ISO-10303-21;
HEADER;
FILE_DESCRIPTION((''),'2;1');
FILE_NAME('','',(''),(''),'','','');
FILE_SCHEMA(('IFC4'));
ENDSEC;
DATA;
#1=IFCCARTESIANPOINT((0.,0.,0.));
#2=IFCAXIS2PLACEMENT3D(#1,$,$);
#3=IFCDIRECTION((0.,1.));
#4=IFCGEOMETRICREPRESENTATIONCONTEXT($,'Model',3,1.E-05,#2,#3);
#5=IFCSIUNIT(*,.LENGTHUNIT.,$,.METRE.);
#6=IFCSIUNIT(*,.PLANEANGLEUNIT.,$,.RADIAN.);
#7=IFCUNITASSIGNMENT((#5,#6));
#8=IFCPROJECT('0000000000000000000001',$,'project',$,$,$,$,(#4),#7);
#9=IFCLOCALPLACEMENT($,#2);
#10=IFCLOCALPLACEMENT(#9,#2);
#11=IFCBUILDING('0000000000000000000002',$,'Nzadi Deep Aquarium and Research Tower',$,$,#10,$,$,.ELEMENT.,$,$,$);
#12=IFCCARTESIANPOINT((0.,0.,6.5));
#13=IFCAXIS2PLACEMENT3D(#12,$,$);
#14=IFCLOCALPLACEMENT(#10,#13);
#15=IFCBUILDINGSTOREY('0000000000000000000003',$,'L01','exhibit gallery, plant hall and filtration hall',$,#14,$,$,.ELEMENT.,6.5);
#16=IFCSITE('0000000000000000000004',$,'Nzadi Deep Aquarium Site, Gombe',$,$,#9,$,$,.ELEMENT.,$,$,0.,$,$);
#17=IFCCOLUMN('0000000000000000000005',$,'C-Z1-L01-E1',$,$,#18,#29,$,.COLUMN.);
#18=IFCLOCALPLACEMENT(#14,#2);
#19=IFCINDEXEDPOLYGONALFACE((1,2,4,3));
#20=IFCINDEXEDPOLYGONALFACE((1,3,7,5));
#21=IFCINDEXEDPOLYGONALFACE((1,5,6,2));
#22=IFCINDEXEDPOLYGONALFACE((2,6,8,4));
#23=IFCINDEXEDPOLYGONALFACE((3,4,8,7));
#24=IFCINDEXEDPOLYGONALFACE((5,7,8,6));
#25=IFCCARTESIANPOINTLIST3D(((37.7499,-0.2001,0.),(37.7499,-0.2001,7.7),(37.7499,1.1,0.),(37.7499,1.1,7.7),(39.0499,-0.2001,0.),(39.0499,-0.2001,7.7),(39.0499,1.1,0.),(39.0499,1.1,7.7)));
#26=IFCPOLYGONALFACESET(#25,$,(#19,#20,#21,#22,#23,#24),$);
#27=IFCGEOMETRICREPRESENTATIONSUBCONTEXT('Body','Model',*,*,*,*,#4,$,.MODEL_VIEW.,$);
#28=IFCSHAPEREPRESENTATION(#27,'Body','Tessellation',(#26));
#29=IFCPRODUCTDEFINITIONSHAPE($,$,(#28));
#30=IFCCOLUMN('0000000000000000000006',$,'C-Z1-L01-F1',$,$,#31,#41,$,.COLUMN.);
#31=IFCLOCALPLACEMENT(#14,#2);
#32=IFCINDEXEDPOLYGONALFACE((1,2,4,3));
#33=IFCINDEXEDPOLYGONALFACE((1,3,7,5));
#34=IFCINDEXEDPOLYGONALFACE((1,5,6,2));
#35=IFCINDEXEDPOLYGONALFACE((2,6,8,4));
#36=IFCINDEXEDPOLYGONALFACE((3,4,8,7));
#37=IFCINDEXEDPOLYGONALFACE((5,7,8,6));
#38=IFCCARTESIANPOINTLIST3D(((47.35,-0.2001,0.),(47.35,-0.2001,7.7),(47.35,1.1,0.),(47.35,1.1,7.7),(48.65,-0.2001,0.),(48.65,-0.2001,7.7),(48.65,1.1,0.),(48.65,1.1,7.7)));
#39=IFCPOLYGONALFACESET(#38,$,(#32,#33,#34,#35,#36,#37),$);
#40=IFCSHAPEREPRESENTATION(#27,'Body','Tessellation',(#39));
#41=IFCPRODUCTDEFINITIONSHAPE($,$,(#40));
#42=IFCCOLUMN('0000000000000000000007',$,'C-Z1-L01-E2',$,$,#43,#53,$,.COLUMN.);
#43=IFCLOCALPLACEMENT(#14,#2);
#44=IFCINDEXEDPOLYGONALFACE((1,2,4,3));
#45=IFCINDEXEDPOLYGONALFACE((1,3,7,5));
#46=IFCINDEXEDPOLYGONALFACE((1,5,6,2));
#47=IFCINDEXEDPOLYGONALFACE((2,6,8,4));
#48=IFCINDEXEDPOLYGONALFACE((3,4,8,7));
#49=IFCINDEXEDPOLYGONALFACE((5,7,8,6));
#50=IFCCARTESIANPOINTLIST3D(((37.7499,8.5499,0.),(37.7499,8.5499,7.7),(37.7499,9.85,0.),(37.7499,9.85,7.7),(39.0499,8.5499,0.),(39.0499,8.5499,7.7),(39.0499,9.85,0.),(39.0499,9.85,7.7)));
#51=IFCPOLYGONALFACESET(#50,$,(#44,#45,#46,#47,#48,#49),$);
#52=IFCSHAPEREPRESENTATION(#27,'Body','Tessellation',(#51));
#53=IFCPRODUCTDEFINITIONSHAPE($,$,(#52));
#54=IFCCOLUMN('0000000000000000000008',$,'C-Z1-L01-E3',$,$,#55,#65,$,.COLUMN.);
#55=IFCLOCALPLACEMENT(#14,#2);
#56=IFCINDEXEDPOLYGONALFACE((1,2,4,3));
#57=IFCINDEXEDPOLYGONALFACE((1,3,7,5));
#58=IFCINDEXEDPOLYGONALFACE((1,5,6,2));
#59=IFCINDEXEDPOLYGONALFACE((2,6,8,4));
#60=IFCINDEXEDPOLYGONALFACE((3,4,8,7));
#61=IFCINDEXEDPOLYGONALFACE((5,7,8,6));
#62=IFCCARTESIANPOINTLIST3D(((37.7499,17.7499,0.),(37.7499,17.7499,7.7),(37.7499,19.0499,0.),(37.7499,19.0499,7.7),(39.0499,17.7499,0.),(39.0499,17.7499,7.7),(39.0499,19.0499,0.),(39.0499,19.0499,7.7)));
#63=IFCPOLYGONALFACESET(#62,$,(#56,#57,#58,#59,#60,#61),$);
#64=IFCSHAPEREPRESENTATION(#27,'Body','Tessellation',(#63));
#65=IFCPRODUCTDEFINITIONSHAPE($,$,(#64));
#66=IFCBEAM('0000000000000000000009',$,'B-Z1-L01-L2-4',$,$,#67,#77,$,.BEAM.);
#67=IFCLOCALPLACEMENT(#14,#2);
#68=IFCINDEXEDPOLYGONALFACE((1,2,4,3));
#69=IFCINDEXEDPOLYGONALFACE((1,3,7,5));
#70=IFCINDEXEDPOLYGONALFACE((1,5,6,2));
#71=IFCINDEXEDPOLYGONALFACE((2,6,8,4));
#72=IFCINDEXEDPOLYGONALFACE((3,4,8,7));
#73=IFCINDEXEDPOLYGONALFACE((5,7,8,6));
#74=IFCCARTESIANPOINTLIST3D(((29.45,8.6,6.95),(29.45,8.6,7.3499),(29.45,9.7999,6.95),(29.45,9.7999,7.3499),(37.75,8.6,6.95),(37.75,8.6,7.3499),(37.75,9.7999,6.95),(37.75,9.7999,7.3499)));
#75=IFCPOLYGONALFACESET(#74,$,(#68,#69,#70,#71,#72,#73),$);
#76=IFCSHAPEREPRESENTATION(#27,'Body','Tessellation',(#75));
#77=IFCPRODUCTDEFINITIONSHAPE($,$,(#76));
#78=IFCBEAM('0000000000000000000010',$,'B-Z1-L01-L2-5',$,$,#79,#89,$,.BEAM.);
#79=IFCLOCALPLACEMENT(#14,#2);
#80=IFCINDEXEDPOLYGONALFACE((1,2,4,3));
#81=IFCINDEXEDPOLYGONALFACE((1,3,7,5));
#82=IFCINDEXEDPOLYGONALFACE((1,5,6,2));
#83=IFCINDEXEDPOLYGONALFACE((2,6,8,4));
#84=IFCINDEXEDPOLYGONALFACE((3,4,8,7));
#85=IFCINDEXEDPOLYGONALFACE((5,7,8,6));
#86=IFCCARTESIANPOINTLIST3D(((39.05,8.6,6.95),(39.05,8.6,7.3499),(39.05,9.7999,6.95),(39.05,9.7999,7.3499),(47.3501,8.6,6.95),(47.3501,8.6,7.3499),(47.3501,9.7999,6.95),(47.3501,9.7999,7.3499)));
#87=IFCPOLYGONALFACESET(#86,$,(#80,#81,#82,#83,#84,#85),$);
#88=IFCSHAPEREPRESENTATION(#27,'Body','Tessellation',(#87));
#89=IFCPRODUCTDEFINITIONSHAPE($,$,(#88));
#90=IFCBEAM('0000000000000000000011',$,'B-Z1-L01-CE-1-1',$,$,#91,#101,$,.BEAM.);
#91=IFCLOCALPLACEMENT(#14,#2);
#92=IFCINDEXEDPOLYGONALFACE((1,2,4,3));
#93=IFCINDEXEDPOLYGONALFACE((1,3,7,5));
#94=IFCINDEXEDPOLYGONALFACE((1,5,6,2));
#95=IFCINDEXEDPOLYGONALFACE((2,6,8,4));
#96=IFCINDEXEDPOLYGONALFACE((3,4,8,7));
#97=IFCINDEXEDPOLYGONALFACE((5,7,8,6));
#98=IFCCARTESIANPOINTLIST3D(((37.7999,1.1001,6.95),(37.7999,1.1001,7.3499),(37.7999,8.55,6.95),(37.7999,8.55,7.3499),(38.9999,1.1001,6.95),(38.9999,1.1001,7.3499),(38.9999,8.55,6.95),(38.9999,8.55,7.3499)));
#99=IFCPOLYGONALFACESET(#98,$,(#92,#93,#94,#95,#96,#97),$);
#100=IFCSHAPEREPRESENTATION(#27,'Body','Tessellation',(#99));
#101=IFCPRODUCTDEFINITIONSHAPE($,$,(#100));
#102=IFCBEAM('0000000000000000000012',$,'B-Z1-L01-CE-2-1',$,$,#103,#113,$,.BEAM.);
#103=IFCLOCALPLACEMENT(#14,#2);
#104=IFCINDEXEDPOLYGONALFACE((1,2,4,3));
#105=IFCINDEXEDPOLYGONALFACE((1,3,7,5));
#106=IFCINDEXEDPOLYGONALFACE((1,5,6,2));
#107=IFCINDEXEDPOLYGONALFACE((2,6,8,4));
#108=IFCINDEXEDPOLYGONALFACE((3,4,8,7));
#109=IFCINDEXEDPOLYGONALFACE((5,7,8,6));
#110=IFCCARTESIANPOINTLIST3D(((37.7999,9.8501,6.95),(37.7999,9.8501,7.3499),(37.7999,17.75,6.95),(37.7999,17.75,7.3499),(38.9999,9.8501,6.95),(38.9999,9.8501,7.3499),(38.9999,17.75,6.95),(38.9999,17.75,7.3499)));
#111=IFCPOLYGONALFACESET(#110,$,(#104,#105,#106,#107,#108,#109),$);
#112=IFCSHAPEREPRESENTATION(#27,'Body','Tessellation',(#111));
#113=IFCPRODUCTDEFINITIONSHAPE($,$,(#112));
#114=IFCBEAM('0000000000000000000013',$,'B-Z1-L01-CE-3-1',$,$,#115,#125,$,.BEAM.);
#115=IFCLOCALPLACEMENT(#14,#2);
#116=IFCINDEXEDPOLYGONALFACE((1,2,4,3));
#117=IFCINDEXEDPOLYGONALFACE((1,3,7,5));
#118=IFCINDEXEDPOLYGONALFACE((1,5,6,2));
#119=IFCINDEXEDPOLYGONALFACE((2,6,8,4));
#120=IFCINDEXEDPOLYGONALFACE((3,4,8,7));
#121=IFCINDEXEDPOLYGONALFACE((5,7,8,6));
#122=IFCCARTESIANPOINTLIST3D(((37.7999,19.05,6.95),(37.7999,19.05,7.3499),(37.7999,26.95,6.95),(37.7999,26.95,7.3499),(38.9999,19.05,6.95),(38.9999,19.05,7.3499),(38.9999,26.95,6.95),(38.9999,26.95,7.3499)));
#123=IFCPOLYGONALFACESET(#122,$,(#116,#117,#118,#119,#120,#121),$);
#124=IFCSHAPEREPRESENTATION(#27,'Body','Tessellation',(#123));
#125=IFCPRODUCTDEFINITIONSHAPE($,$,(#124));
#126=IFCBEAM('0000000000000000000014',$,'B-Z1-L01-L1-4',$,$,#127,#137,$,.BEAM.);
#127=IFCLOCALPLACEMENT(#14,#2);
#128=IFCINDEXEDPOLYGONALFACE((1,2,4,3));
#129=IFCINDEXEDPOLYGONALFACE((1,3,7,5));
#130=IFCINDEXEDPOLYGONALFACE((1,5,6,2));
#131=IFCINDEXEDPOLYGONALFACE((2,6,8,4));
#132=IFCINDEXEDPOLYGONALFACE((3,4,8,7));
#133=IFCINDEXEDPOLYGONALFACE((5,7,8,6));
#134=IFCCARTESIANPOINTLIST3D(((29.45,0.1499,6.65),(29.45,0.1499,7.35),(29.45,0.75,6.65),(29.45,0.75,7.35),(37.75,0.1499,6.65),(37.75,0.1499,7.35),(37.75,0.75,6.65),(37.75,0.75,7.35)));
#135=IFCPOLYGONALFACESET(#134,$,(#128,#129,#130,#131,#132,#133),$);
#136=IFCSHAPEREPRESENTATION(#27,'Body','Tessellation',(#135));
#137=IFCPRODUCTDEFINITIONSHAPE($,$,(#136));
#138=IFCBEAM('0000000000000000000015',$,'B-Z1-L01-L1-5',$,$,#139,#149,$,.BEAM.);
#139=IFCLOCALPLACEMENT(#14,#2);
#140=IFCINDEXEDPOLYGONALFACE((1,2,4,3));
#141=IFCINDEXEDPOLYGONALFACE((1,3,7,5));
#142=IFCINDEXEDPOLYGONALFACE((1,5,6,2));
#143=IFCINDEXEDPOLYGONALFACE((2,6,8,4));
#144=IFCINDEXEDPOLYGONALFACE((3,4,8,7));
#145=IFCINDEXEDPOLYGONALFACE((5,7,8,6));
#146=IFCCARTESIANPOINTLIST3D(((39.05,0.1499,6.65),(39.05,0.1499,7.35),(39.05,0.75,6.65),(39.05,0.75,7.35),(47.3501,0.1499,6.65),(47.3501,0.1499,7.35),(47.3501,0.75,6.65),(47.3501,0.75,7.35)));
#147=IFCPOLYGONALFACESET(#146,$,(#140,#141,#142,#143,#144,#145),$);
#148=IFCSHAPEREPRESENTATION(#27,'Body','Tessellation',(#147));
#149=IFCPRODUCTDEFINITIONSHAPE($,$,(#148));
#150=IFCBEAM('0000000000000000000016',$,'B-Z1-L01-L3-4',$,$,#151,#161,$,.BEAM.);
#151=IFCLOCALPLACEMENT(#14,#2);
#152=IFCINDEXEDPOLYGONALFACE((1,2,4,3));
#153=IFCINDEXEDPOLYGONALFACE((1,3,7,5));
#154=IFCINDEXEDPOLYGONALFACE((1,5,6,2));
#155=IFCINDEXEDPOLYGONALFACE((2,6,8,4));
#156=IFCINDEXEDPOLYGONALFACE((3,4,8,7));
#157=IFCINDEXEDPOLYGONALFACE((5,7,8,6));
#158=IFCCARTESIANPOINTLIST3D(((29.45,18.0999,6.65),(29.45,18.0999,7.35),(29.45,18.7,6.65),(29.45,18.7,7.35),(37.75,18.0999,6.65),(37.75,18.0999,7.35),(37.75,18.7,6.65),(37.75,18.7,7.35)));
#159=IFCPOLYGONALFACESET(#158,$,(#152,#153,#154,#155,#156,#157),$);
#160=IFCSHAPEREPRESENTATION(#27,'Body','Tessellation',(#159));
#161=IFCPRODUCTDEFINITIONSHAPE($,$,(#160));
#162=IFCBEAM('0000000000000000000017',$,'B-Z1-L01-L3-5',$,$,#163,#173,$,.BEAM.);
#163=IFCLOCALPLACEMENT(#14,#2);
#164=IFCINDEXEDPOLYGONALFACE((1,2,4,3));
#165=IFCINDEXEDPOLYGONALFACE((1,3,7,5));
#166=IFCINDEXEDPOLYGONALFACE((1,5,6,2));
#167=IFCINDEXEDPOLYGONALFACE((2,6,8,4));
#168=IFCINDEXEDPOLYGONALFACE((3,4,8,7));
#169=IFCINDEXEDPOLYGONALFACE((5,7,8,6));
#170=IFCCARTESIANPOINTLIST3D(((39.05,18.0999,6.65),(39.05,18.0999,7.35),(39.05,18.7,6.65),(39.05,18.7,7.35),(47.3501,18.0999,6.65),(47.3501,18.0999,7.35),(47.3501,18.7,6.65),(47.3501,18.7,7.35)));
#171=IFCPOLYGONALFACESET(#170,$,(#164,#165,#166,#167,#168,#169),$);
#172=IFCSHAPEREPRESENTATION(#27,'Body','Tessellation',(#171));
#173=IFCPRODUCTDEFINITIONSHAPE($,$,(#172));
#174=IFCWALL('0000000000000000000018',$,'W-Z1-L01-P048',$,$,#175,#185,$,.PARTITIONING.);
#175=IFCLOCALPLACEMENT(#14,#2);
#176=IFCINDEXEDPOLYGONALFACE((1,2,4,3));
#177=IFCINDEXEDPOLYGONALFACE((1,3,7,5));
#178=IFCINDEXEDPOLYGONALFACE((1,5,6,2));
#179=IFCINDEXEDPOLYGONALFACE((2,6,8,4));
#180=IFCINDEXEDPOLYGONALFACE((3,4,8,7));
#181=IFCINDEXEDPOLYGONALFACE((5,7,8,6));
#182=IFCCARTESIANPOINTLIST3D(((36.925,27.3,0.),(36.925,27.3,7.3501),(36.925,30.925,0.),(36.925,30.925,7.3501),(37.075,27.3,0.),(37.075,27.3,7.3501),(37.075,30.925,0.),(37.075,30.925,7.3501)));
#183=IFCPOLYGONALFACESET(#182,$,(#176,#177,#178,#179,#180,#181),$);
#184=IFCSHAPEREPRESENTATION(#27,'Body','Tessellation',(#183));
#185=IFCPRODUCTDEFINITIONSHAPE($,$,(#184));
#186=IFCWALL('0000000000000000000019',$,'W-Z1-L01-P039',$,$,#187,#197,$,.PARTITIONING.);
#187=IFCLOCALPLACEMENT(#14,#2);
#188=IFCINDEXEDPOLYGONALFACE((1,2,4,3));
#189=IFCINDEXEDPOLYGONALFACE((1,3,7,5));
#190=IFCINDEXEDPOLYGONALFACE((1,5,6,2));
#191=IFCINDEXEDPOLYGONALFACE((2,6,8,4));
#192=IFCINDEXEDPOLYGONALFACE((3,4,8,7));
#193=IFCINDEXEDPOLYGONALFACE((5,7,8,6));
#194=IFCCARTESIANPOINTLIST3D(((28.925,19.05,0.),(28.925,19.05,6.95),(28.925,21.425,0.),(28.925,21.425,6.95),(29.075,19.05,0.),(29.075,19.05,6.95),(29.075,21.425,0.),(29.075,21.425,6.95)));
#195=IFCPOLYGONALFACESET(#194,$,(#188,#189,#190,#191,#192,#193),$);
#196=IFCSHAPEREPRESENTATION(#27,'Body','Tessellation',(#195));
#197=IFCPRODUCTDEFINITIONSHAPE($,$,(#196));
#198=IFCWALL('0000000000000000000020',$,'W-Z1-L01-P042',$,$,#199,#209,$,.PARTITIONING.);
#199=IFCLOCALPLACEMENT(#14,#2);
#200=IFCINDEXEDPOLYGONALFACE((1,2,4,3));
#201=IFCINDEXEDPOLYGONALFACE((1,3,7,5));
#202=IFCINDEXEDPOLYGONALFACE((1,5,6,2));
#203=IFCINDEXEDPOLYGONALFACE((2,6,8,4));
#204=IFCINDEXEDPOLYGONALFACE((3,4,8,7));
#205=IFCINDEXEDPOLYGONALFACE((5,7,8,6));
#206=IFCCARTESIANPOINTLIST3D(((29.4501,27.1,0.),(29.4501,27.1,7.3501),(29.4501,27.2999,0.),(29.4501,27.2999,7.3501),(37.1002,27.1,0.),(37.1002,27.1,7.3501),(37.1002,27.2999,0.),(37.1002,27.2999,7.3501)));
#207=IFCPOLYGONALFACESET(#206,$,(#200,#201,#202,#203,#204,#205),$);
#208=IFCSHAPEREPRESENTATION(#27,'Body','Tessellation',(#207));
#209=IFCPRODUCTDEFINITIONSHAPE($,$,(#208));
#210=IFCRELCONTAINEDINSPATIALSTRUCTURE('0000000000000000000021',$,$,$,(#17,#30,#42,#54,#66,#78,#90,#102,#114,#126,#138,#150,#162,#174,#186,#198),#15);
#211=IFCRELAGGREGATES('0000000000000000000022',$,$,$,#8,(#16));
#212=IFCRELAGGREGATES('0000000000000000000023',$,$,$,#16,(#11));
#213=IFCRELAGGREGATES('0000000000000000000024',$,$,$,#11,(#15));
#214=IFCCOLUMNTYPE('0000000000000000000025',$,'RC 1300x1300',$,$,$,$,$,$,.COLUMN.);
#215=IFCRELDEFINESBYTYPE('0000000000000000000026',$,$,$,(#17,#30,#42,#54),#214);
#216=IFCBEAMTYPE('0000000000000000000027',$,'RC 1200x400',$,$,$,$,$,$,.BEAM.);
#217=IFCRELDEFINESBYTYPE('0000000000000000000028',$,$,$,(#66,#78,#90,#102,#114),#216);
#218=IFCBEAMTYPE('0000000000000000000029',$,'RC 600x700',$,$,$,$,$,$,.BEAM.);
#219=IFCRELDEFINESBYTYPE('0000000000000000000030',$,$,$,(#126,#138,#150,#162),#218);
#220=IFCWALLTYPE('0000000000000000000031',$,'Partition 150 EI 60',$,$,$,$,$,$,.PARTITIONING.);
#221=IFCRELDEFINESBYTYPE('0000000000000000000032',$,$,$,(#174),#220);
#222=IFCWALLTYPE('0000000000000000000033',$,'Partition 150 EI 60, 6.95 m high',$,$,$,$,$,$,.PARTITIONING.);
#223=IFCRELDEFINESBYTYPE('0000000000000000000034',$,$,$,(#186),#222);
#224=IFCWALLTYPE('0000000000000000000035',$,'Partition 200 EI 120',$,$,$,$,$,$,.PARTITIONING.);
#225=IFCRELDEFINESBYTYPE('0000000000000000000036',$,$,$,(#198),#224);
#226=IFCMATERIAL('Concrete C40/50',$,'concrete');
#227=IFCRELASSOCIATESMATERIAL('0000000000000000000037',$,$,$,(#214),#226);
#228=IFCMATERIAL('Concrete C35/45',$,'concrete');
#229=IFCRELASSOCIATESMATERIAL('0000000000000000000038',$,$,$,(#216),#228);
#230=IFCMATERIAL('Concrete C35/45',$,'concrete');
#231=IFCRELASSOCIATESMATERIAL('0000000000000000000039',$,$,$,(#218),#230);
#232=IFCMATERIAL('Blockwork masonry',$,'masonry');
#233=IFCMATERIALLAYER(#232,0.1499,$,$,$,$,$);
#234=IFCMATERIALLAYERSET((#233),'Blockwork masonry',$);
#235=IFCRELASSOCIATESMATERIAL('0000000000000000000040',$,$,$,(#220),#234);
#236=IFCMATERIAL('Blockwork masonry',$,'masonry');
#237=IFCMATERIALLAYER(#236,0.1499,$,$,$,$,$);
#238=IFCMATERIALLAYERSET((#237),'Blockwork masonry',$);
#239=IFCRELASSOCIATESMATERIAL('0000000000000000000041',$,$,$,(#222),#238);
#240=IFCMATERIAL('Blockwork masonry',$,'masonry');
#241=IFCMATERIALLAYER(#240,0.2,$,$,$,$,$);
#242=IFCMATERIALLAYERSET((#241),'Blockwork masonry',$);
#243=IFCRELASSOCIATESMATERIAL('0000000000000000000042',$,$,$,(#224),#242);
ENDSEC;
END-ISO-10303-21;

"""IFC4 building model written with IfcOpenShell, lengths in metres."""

from ifc_helpers import new_model, si_unit, direction, frame, frame_2d, origin, origin_2d, place, context, subcontext, project, spatial, rectangle, extrude, material, layer, layer_set, material_profile, profile_set, type_object, element, save


model = new_model("IFC4")

# Units and contexts
model_context = context("Model", 3, precision=1e-05, world=origin(), true_north=direction((0.0, 1.0)))
body_context = subcontext(model_context, "Body", "Model", "MODEL_VIEW")
ifc_project = project(units=[si_unit("LENGTHUNIT", "METRE"), si_unit("PLANEANGLEUNIT", "RADIAN")], contexts=[model_context])

# Site, building, storey
site_placement = place(None, origin())
site = spatial("IfcSite", under=ifc_project, at=site_placement, Name="Nzadi Deep Aquarium Site, Gombe", CompositionType="ELEMENT", RefElevation=0.0)
building_placement = place(site_placement, origin())
building = spatial("IfcBuilding", under=site, at=building_placement, Name="Nzadi Deep Aquarium and Research Tower", CompositionType="ELEMENT")
storey_placement = place(building_placement, frame((0.0, 0.0, 6.5)))
storey = spatial("IfcBuildingStorey", under=building, at=storey_placement, Name="L01", Description="exhibit gallery, plant hall and filtration hall", CompositionType="ELEMENT", Elevation=6.5)

# Columns
ifc_material_1 = material(Name="Concrete C40/50", Category="concrete")
ifc_material_profile_1 = material_profile(ifc_material_1, rectangle(XDim=1.3, YDim=1.3, at=origin_2d()))
ifc_profile_set_1 = profile_set([ifc_material_profile_1], Name="Concrete C40/50")
column_type = type_object("IfcColumnType", Name="RC 1300x1300", PredefinedType="COLUMN", material=ifc_profile_set_1)
for number, where, z_axis, x_axis, name in (
    (1, (38.3999, 0.45, 0.0), (0.0, 0.0, 1.0), (1.0, 0.0, 0.0), "C-Z1-L01-E1"),
    (2, (48.0, 0.45, 0.0), (0.0, 0.0, 1.0), (1.0, 0.0, 0.0), "C-Z1-L01-F1"),
    (3, (38.3999, 9.2, 0.0), (0.0, 0.0, 1.0), (1.0, 0.0, 0.0), "C-Z1-L01-E2"),
    (4, (38.3999, 18.3999, 0.0), (0.0, 0.0, 1.0), (1.0, 0.0, 0.0), "C-Z1-L01-E3"),
):
    element("IfcColumn", number, at=place(storey_placement, frame(where, z_axis=z_axis, x_axis=x_axis)), inside=storey, type_object=column_type, Name=name, PredefinedType="COLUMN", context=body_context, shape_type="SweptSolid", body=[
        extrude(rectangle(XDim=1.3, YDim=1.3, at=origin_2d()), origin(), (0.0, 0.0, 1.0), 7.7),
    ])

# Beams
ifc_material_2 = material(Name="Concrete C35/45", Category="concrete")
ifc_material_profile_2 = material_profile(ifc_material_2, rectangle(XDim=1.2, YDim=0.3999, at=origin_2d()))
ifc_profile_set_2 = profile_set([ifc_material_profile_2], Name="Concrete C35/45")
beam_type_1 = type_object("IfcBeamType", Name="RC 1200x400", PredefinedType="BEAM", material=ifc_profile_set_2)
for number, where, z_axis, x_axis, name in (
    (5, (29.45, 9.2, 7.1499), (1.0, 0.0, 0.0), (0.0, 1.0, 0.0), "B-Z1-L01-L2-4"),
    (6, (39.05, 9.2, 7.1499), (1.0, 0.0, 0.0), (0.0, 1.0, 0.0), "B-Z1-L01-L2-5"),
):
    element("IfcBeam", number, at=place(storey_placement, frame(where, z_axis=z_axis, x_axis=x_axis)), inside=storey, type_object=beam_type_1, Name=name, PredefinedType="BEAM", context=body_context, shape_type="SweptSolid", body=[
        extrude(rectangle(XDim=1.2, YDim=0.3999, at=origin_2d()), origin(), (0.0, 0.0, 1.0), 8.3),
    ])
beam_placement = place(storey_placement, frame((38.3999, 1.1001, 7.1499), z_axis=(0.0, 1.0, 0.0), x_axis=(-1.0, 0.0, 0.0)))
element("IfcBeam", 7, at=beam_placement, inside=storey, type_object=beam_type_1, Name="B-Z1-L01-CE-1-1", PredefinedType="BEAM", context=body_context, shape_type="SweptSolid", body=[
    extrude(rectangle(XDim=1.2, YDim=0.3999, at=origin_2d()), origin(), (0.0, 0.0, 1.0), 7.45),
])
for number, where, z_axis, x_axis, name in (
    (8, (38.3999, 9.8501, 7.1499), (0.0, 1.0, 0.0), (-1.0, 0.0, 0.0), "B-Z1-L01-CE-2-1"),
    (9, (38.3999, 19.05, 7.1499), (0.0, 1.0, 0.0), (-1.0, 0.0, 0.0), "B-Z1-L01-CE-3-1"),
):
    element("IfcBeam", number, at=place(storey_placement, frame(where, z_axis=z_axis, x_axis=x_axis)), inside=storey, type_object=beam_type_1, Name=name, PredefinedType="BEAM", context=body_context, shape_type="SweptSolid", body=[
        extrude(rectangle(XDim=1.2, YDim=0.3999, at=origin_2d()), origin(), (0.0, 0.0, 1.0), 7.8999),
    ])
ifc_material_3 = material(Name="Concrete C35/45", Category="concrete")
ifc_material_profile_3 = material_profile(ifc_material_3, rectangle(XDim=0.6001, YDim=0.7, at=origin_2d()))
ifc_profile_set_3 = profile_set([ifc_material_profile_3], Name="Concrete C35/45")
beam_type_2 = type_object("IfcBeamType", Name="RC 600x700", PredefinedType="BEAM", material=ifc_profile_set_3)
for number, where, z_axis, x_axis, name in (
    (10, (29.45, 0.45, 7.0), (1.0, 0.0, 0.0), (0.0, 1.0, 0.0), "B-Z1-L01-L1-4"),
    (11, (39.05, 0.45, 7.0), (1.0, 0.0, 0.0), (0.0, 1.0, 0.0), "B-Z1-L01-L1-5"),
    (12, (29.45, 18.3999, 7.0), (1.0, 0.0, 0.0), (0.0, 1.0, 0.0), "B-Z1-L01-L3-4"),
    (13, (39.05, 18.3999, 7.0), (1.0, 0.0, 0.0), (0.0, 1.0, 0.0), "B-Z1-L01-L3-5"),
):
    element("IfcBeam", number, at=place(storey_placement, frame(where, z_axis=z_axis, x_axis=x_axis)), inside=storey, type_object=beam_type_2, Name=name, PredefinedType="BEAM", context=body_context, shape_type="SweptSolid", body=[
        extrude(rectangle(XDim=0.6001, YDim=0.7, at=origin_2d()), origin(), (0.0, 0.0, 1.0), 8.3),
    ])

# Walls
ifc_material_4 = material(Name="Blockwork masonry", Category="masonry")
ifc_layer_1 = layer(ifc_material_4, 0.1499)
ifc_layer_set_1 = layer_set([ifc_layer_1], Name="Blockwork masonry")
wall_type_1 = type_object("IfcWallType", Name="Partition 150 EI 60", PredefinedType="PARTITIONING", material=ifc_layer_set_1)
wall_1_placement = place(storey_placement, frame((37.0, 27.3, 0.0), z_axis=(0.0, 0.0, 1.0), x_axis=(0.0, 1.0, 0.0)))
element("IfcWall", 14, at=wall_1_placement, inside=storey, type_object=wall_type_1, Name="W-Z1-L01-P048", PredefinedType="PARTITIONING", context=body_context, shape_type="SweptSolid", body=[
    extrude(rectangle(XDim=3.625, YDim=0.1499, at=frame_2d((1.8125, 0.0))), origin(), (0.0, 0.0, 1.0), 7.3501),
])
ifc_material_5 = material(Name="Blockwork masonry", Category="masonry")
ifc_layer_2 = layer(ifc_material_5, 0.1499)
ifc_layer_set_2 = layer_set([ifc_layer_2], Name="Blockwork masonry")
wall_type_2 = type_object("IfcWallType", Name="Partition 150 EI 60, 6.95 m high", PredefinedType="PARTITIONING", material=ifc_layer_set_2)
wall_2_placement = place(storey_placement, frame((29.0, 19.05, 0.0), z_axis=(0.0, 0.0, 1.0), x_axis=(0.0, 1.0, 0.0)))
element("IfcWall", 15, at=wall_2_placement, inside=storey, type_object=wall_type_2, Name="W-Z1-L01-P039", PredefinedType="PARTITIONING", context=body_context, shape_type="SweptSolid", body=[
    extrude(rectangle(XDim=2.375, YDim=0.1499, at=frame_2d((1.1875, 0.0))), origin(), (0.0, 0.0, 1.0), 6.95),
])
ifc_material_6 = material(Name="Blockwork masonry", Category="masonry")
ifc_layer_3 = layer(ifc_material_6, 0.2)
ifc_layer_set_3 = layer_set([ifc_layer_3], Name="Blockwork masonry")
wall_type_3 = type_object("IfcWallType", Name="Partition 200 EI 120", PredefinedType="PARTITIONING", material=ifc_layer_set_3)
wall_3_placement = place(storey_placement, frame((29.45, 27.2, 0.0), z_axis=(0.0, 0.0, 1.0), x_axis=(1.0, 0.0, 0.0)))
element("IfcWall", 16, at=wall_3_placement, inside=storey, type_object=wall_type_3, Name="W-Z1-L01-P042", PredefinedType="PARTITIONING", context=body_context, shape_type="SweptSolid", body=[
    extrude(rectangle(XDim=7.6501, YDim=0.2, at=frame_2d((3.8252, 0.0))), origin(), (0.0, 0.0, 1.0), 7.3501),
])

save(model, "model.ifc")
